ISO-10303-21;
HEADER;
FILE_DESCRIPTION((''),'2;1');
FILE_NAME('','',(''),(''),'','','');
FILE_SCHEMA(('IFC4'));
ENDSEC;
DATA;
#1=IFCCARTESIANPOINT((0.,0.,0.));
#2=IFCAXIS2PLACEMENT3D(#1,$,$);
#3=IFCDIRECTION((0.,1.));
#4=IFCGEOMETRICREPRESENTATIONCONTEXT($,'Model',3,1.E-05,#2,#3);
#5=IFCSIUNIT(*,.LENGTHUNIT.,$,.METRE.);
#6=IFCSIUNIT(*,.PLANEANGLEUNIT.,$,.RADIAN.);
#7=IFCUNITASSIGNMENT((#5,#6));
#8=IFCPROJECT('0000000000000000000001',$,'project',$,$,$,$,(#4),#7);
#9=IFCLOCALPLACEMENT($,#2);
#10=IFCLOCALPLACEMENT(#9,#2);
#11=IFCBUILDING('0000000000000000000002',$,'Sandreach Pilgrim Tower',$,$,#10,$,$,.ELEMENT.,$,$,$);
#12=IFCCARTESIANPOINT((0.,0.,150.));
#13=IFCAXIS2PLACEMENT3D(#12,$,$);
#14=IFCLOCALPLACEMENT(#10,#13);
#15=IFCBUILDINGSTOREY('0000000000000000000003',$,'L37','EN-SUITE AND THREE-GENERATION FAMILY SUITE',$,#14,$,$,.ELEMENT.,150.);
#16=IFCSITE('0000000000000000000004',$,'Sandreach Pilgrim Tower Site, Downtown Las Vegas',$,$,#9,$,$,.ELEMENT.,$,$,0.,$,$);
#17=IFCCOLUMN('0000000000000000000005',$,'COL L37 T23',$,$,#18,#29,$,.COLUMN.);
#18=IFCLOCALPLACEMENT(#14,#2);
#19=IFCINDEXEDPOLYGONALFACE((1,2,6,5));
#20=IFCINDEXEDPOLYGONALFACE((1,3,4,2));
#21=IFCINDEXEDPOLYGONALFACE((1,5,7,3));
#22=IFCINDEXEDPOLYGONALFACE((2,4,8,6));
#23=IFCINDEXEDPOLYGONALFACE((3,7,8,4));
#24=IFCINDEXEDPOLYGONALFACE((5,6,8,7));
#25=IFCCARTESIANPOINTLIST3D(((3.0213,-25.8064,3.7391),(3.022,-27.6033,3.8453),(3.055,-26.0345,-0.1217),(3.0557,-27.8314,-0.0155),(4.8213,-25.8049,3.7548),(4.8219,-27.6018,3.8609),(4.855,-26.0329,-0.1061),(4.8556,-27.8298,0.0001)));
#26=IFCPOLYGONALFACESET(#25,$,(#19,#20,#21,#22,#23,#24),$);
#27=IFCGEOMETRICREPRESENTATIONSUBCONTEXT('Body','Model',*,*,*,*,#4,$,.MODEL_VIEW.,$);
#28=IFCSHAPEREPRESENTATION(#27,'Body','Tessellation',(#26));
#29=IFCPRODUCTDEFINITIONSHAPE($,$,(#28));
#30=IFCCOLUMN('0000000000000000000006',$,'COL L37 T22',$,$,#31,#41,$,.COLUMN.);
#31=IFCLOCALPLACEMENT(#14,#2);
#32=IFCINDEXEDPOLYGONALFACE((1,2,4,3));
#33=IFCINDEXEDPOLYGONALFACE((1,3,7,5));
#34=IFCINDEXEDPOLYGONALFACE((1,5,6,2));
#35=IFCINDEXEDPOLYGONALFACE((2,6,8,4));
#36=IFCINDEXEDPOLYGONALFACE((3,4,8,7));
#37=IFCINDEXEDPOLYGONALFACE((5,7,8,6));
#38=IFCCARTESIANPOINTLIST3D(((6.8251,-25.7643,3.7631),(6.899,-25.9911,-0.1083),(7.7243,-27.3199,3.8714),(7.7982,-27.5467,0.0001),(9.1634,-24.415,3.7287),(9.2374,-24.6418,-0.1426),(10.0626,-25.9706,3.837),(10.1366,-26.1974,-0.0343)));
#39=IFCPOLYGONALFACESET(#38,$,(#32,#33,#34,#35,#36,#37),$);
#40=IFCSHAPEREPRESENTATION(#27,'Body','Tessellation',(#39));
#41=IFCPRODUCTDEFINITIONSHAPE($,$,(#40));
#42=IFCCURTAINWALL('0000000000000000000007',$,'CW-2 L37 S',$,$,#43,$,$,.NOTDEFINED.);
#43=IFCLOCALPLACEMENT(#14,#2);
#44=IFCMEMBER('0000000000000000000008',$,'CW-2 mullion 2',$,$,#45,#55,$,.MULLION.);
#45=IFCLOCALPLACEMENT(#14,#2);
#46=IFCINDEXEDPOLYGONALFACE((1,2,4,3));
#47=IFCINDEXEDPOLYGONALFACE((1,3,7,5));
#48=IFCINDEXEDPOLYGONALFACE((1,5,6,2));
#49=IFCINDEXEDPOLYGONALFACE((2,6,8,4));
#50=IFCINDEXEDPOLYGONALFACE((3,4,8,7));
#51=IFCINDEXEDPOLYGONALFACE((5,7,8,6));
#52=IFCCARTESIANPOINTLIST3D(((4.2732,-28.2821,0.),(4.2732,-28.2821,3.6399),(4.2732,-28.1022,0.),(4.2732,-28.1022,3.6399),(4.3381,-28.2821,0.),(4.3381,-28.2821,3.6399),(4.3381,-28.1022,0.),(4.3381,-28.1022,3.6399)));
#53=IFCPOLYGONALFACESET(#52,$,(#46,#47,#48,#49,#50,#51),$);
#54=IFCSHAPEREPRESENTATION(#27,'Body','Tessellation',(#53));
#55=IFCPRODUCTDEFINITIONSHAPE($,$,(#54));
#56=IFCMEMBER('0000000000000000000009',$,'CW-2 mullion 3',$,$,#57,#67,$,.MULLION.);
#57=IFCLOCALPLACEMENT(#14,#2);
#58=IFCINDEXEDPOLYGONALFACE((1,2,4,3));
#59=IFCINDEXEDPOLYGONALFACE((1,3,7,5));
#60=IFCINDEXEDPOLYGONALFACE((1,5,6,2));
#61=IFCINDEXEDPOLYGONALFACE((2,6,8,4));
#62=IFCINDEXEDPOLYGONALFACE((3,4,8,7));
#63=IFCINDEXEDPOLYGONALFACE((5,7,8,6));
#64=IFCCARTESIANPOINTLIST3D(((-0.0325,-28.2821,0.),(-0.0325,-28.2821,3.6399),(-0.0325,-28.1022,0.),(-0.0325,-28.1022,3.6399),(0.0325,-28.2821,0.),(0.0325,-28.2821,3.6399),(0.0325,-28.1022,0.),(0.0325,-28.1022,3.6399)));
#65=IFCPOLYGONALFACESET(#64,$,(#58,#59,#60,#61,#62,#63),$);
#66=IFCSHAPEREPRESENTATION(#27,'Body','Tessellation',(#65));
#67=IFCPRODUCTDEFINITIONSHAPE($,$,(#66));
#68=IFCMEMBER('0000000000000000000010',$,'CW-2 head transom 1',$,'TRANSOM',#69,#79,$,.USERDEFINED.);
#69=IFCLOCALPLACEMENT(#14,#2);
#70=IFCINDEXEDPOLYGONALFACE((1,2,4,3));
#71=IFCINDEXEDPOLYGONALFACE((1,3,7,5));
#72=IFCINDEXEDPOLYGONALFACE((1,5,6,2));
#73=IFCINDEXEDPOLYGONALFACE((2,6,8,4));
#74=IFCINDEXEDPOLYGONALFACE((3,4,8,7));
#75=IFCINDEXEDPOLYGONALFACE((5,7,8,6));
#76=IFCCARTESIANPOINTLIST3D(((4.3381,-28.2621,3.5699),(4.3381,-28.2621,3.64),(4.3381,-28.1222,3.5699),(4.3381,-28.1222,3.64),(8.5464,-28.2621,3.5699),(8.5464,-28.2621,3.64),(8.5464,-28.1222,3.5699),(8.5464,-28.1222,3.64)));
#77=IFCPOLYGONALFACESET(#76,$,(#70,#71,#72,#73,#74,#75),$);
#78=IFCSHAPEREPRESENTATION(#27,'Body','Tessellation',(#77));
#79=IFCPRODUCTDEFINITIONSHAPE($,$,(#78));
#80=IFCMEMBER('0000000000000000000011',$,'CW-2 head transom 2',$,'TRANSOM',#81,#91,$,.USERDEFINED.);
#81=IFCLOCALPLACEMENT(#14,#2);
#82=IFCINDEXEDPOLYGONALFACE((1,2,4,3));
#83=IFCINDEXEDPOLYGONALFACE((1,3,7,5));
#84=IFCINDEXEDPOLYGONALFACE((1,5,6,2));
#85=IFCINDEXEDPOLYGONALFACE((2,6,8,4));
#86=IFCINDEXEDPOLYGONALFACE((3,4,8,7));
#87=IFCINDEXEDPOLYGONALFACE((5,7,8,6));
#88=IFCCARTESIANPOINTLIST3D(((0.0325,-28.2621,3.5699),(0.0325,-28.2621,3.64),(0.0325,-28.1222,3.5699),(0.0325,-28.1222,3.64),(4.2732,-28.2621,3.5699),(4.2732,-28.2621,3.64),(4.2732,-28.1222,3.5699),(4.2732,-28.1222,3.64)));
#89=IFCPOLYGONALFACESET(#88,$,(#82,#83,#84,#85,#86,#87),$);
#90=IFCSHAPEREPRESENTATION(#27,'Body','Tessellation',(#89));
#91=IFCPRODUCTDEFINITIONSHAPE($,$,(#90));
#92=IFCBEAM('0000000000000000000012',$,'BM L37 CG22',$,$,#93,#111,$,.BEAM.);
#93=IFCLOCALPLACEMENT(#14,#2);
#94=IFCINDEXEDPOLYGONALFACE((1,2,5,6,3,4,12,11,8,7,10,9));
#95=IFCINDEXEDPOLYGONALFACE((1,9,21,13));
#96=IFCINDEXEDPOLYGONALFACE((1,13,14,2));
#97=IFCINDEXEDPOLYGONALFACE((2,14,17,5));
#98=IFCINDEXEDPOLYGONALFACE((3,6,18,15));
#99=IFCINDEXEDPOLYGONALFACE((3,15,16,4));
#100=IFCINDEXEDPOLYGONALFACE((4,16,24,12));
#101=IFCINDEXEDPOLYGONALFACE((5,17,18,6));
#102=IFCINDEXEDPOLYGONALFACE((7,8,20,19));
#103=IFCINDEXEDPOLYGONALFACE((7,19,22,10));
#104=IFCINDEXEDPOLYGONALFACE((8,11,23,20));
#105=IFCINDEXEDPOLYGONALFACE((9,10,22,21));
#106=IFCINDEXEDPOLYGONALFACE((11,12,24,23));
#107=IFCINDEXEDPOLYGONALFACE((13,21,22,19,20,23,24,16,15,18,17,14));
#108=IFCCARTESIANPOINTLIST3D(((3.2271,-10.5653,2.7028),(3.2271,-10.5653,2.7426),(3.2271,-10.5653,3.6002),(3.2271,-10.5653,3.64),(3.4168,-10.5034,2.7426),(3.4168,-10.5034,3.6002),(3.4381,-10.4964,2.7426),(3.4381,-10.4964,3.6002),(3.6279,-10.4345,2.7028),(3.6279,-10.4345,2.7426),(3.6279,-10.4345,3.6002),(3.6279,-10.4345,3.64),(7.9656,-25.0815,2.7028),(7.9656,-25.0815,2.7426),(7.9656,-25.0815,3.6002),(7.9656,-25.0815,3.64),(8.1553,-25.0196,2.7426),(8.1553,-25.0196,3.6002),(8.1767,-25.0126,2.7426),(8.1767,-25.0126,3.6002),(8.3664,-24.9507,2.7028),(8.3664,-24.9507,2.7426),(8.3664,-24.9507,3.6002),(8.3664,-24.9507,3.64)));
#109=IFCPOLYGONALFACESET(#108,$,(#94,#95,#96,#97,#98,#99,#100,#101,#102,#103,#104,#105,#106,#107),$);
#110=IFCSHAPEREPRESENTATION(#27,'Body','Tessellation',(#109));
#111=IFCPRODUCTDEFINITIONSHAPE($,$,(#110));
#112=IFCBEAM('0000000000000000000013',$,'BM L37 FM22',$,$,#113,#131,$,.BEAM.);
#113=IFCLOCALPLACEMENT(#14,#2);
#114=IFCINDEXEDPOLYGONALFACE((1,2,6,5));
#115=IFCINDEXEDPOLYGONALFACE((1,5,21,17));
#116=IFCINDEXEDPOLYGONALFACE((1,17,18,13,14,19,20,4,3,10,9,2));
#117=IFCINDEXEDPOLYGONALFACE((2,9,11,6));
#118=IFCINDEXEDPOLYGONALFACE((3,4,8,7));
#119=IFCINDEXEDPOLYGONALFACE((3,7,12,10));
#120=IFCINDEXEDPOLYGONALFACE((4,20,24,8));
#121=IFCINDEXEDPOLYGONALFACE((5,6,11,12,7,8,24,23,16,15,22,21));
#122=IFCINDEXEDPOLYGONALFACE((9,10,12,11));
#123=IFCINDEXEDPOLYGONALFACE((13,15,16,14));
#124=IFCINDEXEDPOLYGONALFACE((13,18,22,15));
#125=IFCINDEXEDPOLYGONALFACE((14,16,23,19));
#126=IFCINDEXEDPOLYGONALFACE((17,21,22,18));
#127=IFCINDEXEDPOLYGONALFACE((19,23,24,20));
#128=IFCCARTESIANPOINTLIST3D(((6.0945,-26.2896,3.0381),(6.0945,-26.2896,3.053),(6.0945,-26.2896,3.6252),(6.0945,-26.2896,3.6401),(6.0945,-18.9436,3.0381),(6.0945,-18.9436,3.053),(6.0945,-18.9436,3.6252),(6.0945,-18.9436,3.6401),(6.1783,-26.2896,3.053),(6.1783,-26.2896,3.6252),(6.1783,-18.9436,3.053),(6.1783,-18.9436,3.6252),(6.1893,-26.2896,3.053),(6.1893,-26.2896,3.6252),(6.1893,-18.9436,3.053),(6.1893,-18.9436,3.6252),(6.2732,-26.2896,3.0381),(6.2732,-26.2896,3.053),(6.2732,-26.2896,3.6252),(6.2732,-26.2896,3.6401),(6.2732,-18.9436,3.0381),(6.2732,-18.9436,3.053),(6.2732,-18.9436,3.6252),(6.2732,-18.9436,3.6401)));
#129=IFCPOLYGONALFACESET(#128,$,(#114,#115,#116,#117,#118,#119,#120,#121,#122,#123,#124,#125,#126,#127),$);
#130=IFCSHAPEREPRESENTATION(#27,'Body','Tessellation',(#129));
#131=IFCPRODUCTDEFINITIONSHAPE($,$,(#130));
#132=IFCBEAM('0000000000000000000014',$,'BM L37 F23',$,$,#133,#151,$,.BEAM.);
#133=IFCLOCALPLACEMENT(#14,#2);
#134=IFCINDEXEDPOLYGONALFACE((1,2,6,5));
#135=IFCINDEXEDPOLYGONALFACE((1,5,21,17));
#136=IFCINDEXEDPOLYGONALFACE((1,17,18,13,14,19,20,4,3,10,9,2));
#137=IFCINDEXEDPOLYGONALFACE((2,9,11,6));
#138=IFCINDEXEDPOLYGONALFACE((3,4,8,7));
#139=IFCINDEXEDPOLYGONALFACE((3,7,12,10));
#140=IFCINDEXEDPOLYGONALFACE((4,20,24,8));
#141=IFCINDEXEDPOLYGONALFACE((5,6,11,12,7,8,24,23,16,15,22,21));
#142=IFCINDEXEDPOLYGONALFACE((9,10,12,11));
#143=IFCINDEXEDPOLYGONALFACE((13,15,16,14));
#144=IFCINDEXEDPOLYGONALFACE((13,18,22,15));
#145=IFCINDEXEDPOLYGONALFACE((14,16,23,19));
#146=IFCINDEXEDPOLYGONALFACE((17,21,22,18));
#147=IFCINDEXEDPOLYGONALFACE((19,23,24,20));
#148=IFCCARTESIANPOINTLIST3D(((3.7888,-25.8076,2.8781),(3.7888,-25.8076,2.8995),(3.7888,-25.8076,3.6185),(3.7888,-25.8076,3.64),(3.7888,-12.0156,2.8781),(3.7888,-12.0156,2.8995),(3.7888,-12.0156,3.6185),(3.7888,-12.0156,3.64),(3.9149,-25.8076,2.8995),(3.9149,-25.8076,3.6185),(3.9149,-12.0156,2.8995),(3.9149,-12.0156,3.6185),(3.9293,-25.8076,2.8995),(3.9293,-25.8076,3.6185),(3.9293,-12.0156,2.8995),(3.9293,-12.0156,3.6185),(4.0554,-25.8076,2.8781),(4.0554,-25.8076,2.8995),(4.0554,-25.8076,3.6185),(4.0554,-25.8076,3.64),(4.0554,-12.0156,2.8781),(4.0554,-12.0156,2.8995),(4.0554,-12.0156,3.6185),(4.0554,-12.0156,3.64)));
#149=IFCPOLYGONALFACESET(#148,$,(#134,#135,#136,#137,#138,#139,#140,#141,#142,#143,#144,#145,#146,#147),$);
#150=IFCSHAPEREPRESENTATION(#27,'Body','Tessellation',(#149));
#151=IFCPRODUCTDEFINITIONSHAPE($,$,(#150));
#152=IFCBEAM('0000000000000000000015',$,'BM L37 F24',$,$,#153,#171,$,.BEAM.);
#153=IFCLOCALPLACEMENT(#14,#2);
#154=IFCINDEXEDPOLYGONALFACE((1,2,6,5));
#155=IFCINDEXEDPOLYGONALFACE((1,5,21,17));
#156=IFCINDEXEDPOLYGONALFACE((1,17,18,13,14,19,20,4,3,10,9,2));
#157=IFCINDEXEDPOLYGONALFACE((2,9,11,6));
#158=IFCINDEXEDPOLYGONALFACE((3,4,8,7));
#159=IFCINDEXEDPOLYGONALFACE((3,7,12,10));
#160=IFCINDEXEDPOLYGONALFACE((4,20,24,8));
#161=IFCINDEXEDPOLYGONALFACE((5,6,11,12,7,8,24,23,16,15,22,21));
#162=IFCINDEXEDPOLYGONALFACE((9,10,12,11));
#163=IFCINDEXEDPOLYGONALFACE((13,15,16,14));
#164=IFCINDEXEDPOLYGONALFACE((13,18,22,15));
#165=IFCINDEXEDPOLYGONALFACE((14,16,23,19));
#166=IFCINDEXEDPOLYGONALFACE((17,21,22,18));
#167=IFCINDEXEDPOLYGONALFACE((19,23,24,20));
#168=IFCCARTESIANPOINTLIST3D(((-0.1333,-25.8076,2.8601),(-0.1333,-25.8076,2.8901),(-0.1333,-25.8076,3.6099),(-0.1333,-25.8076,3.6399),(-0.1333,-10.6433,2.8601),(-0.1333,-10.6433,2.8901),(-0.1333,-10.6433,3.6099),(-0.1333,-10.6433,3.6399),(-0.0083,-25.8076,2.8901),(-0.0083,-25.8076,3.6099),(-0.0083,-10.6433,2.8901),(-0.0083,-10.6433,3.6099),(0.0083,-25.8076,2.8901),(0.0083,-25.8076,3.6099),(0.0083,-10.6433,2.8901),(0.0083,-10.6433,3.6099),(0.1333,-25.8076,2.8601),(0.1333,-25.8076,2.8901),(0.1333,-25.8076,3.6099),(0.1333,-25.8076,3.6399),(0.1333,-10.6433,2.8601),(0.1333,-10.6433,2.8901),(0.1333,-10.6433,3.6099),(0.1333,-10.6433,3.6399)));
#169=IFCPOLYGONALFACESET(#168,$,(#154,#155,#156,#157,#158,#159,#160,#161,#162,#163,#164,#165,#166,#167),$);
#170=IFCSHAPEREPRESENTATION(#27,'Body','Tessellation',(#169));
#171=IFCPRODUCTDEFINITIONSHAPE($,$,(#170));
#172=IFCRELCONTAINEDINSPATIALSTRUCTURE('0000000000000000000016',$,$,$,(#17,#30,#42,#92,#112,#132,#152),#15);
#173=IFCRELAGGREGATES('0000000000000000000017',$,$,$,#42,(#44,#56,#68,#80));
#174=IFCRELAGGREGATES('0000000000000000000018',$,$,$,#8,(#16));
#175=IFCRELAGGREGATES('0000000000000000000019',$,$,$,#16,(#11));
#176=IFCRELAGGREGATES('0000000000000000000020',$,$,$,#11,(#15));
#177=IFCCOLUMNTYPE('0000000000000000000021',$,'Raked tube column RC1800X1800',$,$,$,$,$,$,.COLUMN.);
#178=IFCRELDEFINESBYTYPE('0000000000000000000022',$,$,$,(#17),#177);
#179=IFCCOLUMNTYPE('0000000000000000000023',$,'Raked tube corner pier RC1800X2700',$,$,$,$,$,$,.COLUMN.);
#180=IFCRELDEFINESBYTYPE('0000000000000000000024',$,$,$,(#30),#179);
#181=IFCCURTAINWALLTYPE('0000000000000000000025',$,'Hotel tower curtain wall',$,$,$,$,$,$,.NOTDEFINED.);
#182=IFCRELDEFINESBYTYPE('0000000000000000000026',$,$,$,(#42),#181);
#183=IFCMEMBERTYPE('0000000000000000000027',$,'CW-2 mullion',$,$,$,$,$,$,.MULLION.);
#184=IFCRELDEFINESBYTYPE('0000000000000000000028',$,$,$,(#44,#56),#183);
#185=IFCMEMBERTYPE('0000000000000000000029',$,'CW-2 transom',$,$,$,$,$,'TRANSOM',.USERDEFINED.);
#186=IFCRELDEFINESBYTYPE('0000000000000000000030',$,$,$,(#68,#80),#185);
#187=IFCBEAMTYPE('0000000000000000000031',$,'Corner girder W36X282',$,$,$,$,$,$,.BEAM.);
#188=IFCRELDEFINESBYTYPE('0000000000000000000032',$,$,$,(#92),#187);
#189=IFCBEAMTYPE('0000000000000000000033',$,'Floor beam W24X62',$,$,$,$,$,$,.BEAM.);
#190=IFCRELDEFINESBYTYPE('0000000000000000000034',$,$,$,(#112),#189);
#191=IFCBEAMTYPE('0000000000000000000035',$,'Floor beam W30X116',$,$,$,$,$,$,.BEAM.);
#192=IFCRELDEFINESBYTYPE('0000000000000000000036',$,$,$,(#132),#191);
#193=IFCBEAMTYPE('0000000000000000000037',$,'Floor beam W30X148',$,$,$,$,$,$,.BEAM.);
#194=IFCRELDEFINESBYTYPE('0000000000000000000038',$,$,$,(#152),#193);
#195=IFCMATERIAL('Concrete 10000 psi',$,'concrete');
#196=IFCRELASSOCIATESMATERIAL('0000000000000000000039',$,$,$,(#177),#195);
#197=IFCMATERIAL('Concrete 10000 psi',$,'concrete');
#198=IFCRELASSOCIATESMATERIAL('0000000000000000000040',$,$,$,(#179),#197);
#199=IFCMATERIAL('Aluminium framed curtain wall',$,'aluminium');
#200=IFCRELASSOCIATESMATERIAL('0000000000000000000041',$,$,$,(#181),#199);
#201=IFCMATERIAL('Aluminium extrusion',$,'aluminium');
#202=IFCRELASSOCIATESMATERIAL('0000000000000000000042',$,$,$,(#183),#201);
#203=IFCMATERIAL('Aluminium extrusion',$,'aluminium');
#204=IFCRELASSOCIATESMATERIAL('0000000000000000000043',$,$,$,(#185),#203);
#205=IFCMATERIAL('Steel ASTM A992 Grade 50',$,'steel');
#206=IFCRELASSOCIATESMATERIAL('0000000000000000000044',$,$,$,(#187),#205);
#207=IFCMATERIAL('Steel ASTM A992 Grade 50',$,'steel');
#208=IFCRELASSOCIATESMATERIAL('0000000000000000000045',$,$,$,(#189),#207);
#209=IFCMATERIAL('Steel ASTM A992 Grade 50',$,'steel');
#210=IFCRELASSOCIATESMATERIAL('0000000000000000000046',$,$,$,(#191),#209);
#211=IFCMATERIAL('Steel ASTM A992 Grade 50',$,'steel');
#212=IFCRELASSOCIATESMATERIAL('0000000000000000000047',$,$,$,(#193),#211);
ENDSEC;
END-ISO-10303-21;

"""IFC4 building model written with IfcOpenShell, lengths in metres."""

from ifc_helpers import new_model, si_unit, direction, frame, origin, origin_2d, place, context, subcontext, project, spatial, rectangle, i_section, extrude, material, material_profile, profile_set, type_object, element, aggregate, save


model = new_model("IFC4")

# Units and contexts
model_context = context("Model", 3, precision=1e-05, world=origin(), true_north=direction((0.0, 1.0)))
body_context = subcontext(model_context, "Body", "Model", "MODEL_VIEW")
ifc_project = project(units=[si_unit("LENGTHUNIT", "METRE"), si_unit("PLANEANGLEUNIT", "RADIAN")], contexts=[model_context])

# Site, building, storey
site_placement = place(None, origin())
site = spatial("IfcSite", under=ifc_project, at=site_placement, Name="Sandreach Pilgrim Tower Site, Downtown Las Vegas", CompositionType="ELEMENT", RefElevation=0.0)
building_placement = place(site_placement, origin())
building = spatial("IfcBuilding", under=site, at=building_placement, Name="Sandreach Pilgrim Tower", CompositionType="ELEMENT")
storey_placement = place(building_placement, frame((0.0, 0.0, 150.0)))
storey = spatial("IfcBuildingStorey", under=building, at=storey_placement, Name="L37", Description="EN-SUITE AND THREE-GENERATION FAMILY SUITE", CompositionType="ELEMENT", Elevation=150.0)

# Columns
ifc_material_1 = material(Name="Concrete 10000 psi", Category="concrete")
ifc_material_profile_1 = material_profile(ifc_material_1, rectangle(XDim=1.8, YDim=1.8, at=origin_2d()), Name="RC1800X1800")
ifc_profile_set_1 = profile_set([ifc_material_profile_1], Name="Concrete 10000 psi")
column_type_1 = type_object("IfcColumnType", Name="Raked tube column RC1800X1800", PredefinedType="COLUMN", material=ifc_profile_set_1)
column_1_placement = place(storey_placement, frame((3.9553, -26.9321, -0.0608), z_axis=(-0.008711, 0.058957, 0.998223), x_axis=(0.000361, -0.99826, 0.058962)))
element("IfcColumn", 1, at=column_1_placement, inside=storey, type_object=column_type_1, Name="COL L37 T23", PredefinedType="COLUMN", context=body_context, shape_type="SweptSolid", body=[
    extrude(rectangle(XDim=1.8, YDim=1.8, at=origin_2d()), origin(), (0.0, 0.0, 1.0), 3.8677),
])
ifc_material_2 = material(Name="Concrete 10000 psi", Category="concrete")
ifc_material_profile_2 = material_profile(ifc_material_2, rectangle(XDim=1.8, YDim=2.7, at=origin_2d()), Name="RC1800X2700")
ifc_profile_set_2 = profile_set([ifc_material_profile_2], Name="Concrete 10000 psi")
column_type_2 = type_object("IfcColumnType", Name="Raked tube corner pier RC1800X2700", PredefinedType="COLUMN", material=ifc_profile_set_2)
column_2_placement = place(storey_placement, frame((8.5178, -26.0942, -0.0713), z_axis=(-0.019072, 0.058475, 0.998107), x_axis=(0.499547, -0.864194, 0.060175)))
element("IfcColumn", 2, at=column_2_placement, inside=storey, type_object=column_type_2, Name="COL L37 T22", PredefinedType="COLUMN", context=body_context, shape_type="SweptSolid", body=[
    extrude(rectangle(XDim=1.8, YDim=2.7, at=origin_2d()), origin(), (0.0, 0.0, 1.0), 3.8787),
])

# Curtain wall, members
ifc_material_3 = material(Name="Aluminium framed curtain wall", Category="aluminium")
curtain_wall_type = type_object("IfcCurtainWallType", Name="Hotel tower curtain wall", PredefinedType="NOTDEFINED", material=ifc_material_3)
curtain_wall_placement = place(storey_placement, origin())
curtain_wall = element("IfcCurtainWall", 3, at=curtain_wall_placement, inside=storey, type_object=curtain_wall_type, Name="CW-2 L37 S", PredefinedType="NOTDEFINED")
ifc_material_4 = material(Name="Aluminium extrusion", Category="aluminium")
ifc_material_profile_3 = material_profile(ifc_material_4, rectangle(XDim=0.0649, YDim=0.1799, at=origin_2d()), Name="CW-2M 65X180")
ifc_profile_set_3 = profile_set([ifc_material_profile_3], Name="Aluminium extrusion")
member_type_1 = type_object("IfcMemberType", Name="CW-2 mullion", PredefinedType="MULLION", material=ifc_profile_set_3)
member_1_placement = place(storey_placement, frame((4.3057, -28.1921, 0.0), z_axis=(0.0, 0.0, 1.0), x_axis=(-1.0, 0.0, 0.0)))
member_1 = element("IfcMember", 4, at=member_1_placement, type_object=member_type_1, Name="CW-2 mullion 2", PredefinedType="MULLION", context=body_context, shape_type="SweptSolid", body=[
    extrude(rectangle(XDim=0.0649, YDim=0.1799, at=origin_2d()), origin(), (0.0, 0.0, 1.0), 3.6399),
])
member_2_placement = place(storey_placement, frame((0.0, -28.1921, 0.0), z_axis=(0.0, 0.0, 1.0), x_axis=(-1.0, 0.0, 0.0)))
member_2 = element("IfcMember", 5, at=member_2_placement, type_object=member_type_1, Name="CW-2 mullion 3", PredefinedType="MULLION", context=body_context, shape_type="SweptSolid", body=[
    extrude(rectangle(XDim=0.0649, YDim=0.1799, at=origin_2d()), origin(), (0.0, 0.0, 1.0), 3.6399),
])
ifc_material_5 = material(Name="Aluminium extrusion", Category="aluminium")
ifc_material_profile_4 = material_profile(ifc_material_5, rectangle(XDim=0.1399, YDim=0.0701, at=origin_2d()), Name="CW-2T 140X70")
ifc_profile_set_4 = profile_set([ifc_material_profile_4], Name="Aluminium extrusion")
member_type_2 = type_object("IfcMemberType", Name="CW-2 transom", ElementType="TRANSOM", PredefinedType="USERDEFINED", material=ifc_profile_set_4)
member_3_placement = place(storey_placement, frame((8.5464, -28.1921, 3.605), z_axis=(-1.0, 0.0, 0.0), x_axis=(0.0, -1.0, 0.0)))
member_3 = element("IfcMember", 6, at=member_3_placement, type_object=member_type_2, Name="CW-2 head transom 1", ObjectType="TRANSOM", PredefinedType="USERDEFINED", context=body_context, shape_type="SweptSolid", body=[
    extrude(rectangle(XDim=0.1399, YDim=0.0701, at=origin_2d()), origin(), (0.0, 0.0, 1.0), 4.2083),
])
member_4_placement = place(storey_placement, frame((4.2732, -28.1921, 3.605), z_axis=(-1.0, 0.0, 0.0), x_axis=(0.0, -1.0, 0.0)))
member_4 = element("IfcMember", 7, at=member_4_placement, type_object=member_type_2, Name="CW-2 head transom 2", ObjectType="TRANSOM", PredefinedType="USERDEFINED", context=body_context, shape_type="SweptSolid", body=[
    extrude(rectangle(XDim=0.1399, YDim=0.0701, at=origin_2d()), origin(), (0.0, 0.0, 1.0), 4.2407),
])

# Beams
ifc_material_6 = material(Name="Steel ASTM A992 Grade 50", Category="steel")
ifc_material_profile_5 = material_profile(ifc_material_6, i_section(OverallWidth=0.4216, OverallDepth=0.9373, WebThickness=0.0225, FlangeThickness=0.0398, at=origin_2d()), Name="W36X282")
ifc_profile_set_5 = profile_set([ifc_material_profile_5], Name="Steel ASTM A992 Grade 50")
beam_type_1 = type_object("IfcBeamType", Name="Corner girder W36X282", PredefinedType="BEAM", material=ifc_profile_set_5)
beam_1_placement = place(storey_placement, frame((8.166, -25.0161, 3.1714), z_axis=(-0.310317, 0.950633, 0.0), x_axis=(-0.950633, -0.310317, 0.0)))
element("IfcBeam", 8, at=beam_1_placement, inside=storey, type_object=beam_type_1, Name="BM L37 CG22", PredefinedType="BEAM", context=body_context, shape_type="SweptSolid", body=[
    extrude(i_section(OverallWidth=0.4216, OverallDepth=0.9373, WebThickness=0.0225, FlangeThickness=0.0398, at=origin_2d()), origin(), (0.0, 0.0, 1.0), 15.27),
])
ifc_material_7 = material(Name="Steel ASTM A992 Grade 50", Category="steel")
ifc_material_profile_6 = material_profile(ifc_material_7, i_section(OverallWidth=0.1787, OverallDepth=0.6021, WebThickness=0.011, FlangeThickness=0.0149, at=origin_2d()), Name="W24X62")
ifc_profile_set_6 = profile_set([ifc_material_profile_6], Name="Steel ASTM A992 Grade 50")
beam_type_2 = type_object("IfcBeamType", Name="Floor beam W24X62", PredefinedType="BEAM", material=ifc_profile_set_6)
beam_2_placement = place(storey_placement, frame((6.1838, -26.2896, 3.3391), z_axis=(0.0, 1.0, 0.0), x_axis=(-1.0, 0.0, 0.0)))
element("IfcBeam", 9, at=beam_2_placement, inside=storey, type_object=beam_type_2, Name="BM L37 FM22", PredefinedType="BEAM", context=body_context, shape_type="SweptSolid", body=[
    extrude(i_section(OverallWidth=0.1787, OverallDepth=0.6021, WebThickness=0.011, FlangeThickness=0.0149, at=origin_2d()), origin(), (0.0, 0.0, 1.0), 7.3459),
])
ifc_material_8 = material(Name="Steel ASTM A992 Grade 50", Category="steel")
ifc_material_profile_7 = material_profile(ifc_material_8, i_section(OverallWidth=0.2666, OverallDepth=0.762, WebThickness=0.0144, FlangeThickness=0.0215, at=origin_2d()), Name="W30X116")
ifc_profile_set_7 = profile_set([ifc_material_profile_7], Name="Steel ASTM A992 Grade 50")
beam_type_3 = type_object("IfcBeamType", Name="Floor beam W30X116", PredefinedType="BEAM", material=ifc_profile_set_7)
beam_3_placement = place(storey_placement, frame((3.9221, -25.8076, 3.259), z_axis=(0.0, 1.0, 0.0), x_axis=(-1.0, 0.0, 0.0)))
element("IfcBeam", 10, at=beam_3_placement, inside=storey, type_object=beam_type_3, Name="BM L37 F23", PredefinedType="BEAM", context=body_context, shape_type="SweptSolid", body=[
    extrude(i_section(OverallWidth=0.2666, OverallDepth=0.762, WebThickness=0.0144, FlangeThickness=0.0215, at=origin_2d()), origin(), (0.0, 0.0, 1.0), 13.792),
])
ifc_material_9 = material(Name="Steel ASTM A992 Grade 50", Category="steel")
ifc_material_profile_8 = material_profile(ifc_material_9, i_section(OverallWidth=0.2666, OverallDepth=0.7798, WebThickness=0.0166, FlangeThickness=0.03, at=origin_2d()), Name="W30X148")
ifc_profile_set_8 = profile_set([ifc_material_profile_8], Name="Steel ASTM A992 Grade 50")
beam_type_4 = type_object("IfcBeamType", Name="Floor beam W30X148", PredefinedType="BEAM", material=ifc_profile_set_8)
beam_4_placement = place(storey_placement, frame((0.0, -25.8076, 3.25), z_axis=(0.0, 1.0, 0.0), x_axis=(-1.0, 0.0, 0.0)))
element("IfcBeam", 11, at=beam_4_placement, inside=storey, type_object=beam_type_4, Name="BM L37 F24", PredefinedType="BEAM", context=body_context, shape_type="SweptSolid", body=[
    extrude(i_section(OverallWidth=0.2666, OverallDepth=0.7798, WebThickness=0.0166, FlangeThickness=0.03, at=origin_2d()), origin(), (0.0, 0.0, 1.0), 15.1643),
])

aggregate(curtain_wall, [member_1, member_2, member_3, member_4])

save(model, "model.ifc")
